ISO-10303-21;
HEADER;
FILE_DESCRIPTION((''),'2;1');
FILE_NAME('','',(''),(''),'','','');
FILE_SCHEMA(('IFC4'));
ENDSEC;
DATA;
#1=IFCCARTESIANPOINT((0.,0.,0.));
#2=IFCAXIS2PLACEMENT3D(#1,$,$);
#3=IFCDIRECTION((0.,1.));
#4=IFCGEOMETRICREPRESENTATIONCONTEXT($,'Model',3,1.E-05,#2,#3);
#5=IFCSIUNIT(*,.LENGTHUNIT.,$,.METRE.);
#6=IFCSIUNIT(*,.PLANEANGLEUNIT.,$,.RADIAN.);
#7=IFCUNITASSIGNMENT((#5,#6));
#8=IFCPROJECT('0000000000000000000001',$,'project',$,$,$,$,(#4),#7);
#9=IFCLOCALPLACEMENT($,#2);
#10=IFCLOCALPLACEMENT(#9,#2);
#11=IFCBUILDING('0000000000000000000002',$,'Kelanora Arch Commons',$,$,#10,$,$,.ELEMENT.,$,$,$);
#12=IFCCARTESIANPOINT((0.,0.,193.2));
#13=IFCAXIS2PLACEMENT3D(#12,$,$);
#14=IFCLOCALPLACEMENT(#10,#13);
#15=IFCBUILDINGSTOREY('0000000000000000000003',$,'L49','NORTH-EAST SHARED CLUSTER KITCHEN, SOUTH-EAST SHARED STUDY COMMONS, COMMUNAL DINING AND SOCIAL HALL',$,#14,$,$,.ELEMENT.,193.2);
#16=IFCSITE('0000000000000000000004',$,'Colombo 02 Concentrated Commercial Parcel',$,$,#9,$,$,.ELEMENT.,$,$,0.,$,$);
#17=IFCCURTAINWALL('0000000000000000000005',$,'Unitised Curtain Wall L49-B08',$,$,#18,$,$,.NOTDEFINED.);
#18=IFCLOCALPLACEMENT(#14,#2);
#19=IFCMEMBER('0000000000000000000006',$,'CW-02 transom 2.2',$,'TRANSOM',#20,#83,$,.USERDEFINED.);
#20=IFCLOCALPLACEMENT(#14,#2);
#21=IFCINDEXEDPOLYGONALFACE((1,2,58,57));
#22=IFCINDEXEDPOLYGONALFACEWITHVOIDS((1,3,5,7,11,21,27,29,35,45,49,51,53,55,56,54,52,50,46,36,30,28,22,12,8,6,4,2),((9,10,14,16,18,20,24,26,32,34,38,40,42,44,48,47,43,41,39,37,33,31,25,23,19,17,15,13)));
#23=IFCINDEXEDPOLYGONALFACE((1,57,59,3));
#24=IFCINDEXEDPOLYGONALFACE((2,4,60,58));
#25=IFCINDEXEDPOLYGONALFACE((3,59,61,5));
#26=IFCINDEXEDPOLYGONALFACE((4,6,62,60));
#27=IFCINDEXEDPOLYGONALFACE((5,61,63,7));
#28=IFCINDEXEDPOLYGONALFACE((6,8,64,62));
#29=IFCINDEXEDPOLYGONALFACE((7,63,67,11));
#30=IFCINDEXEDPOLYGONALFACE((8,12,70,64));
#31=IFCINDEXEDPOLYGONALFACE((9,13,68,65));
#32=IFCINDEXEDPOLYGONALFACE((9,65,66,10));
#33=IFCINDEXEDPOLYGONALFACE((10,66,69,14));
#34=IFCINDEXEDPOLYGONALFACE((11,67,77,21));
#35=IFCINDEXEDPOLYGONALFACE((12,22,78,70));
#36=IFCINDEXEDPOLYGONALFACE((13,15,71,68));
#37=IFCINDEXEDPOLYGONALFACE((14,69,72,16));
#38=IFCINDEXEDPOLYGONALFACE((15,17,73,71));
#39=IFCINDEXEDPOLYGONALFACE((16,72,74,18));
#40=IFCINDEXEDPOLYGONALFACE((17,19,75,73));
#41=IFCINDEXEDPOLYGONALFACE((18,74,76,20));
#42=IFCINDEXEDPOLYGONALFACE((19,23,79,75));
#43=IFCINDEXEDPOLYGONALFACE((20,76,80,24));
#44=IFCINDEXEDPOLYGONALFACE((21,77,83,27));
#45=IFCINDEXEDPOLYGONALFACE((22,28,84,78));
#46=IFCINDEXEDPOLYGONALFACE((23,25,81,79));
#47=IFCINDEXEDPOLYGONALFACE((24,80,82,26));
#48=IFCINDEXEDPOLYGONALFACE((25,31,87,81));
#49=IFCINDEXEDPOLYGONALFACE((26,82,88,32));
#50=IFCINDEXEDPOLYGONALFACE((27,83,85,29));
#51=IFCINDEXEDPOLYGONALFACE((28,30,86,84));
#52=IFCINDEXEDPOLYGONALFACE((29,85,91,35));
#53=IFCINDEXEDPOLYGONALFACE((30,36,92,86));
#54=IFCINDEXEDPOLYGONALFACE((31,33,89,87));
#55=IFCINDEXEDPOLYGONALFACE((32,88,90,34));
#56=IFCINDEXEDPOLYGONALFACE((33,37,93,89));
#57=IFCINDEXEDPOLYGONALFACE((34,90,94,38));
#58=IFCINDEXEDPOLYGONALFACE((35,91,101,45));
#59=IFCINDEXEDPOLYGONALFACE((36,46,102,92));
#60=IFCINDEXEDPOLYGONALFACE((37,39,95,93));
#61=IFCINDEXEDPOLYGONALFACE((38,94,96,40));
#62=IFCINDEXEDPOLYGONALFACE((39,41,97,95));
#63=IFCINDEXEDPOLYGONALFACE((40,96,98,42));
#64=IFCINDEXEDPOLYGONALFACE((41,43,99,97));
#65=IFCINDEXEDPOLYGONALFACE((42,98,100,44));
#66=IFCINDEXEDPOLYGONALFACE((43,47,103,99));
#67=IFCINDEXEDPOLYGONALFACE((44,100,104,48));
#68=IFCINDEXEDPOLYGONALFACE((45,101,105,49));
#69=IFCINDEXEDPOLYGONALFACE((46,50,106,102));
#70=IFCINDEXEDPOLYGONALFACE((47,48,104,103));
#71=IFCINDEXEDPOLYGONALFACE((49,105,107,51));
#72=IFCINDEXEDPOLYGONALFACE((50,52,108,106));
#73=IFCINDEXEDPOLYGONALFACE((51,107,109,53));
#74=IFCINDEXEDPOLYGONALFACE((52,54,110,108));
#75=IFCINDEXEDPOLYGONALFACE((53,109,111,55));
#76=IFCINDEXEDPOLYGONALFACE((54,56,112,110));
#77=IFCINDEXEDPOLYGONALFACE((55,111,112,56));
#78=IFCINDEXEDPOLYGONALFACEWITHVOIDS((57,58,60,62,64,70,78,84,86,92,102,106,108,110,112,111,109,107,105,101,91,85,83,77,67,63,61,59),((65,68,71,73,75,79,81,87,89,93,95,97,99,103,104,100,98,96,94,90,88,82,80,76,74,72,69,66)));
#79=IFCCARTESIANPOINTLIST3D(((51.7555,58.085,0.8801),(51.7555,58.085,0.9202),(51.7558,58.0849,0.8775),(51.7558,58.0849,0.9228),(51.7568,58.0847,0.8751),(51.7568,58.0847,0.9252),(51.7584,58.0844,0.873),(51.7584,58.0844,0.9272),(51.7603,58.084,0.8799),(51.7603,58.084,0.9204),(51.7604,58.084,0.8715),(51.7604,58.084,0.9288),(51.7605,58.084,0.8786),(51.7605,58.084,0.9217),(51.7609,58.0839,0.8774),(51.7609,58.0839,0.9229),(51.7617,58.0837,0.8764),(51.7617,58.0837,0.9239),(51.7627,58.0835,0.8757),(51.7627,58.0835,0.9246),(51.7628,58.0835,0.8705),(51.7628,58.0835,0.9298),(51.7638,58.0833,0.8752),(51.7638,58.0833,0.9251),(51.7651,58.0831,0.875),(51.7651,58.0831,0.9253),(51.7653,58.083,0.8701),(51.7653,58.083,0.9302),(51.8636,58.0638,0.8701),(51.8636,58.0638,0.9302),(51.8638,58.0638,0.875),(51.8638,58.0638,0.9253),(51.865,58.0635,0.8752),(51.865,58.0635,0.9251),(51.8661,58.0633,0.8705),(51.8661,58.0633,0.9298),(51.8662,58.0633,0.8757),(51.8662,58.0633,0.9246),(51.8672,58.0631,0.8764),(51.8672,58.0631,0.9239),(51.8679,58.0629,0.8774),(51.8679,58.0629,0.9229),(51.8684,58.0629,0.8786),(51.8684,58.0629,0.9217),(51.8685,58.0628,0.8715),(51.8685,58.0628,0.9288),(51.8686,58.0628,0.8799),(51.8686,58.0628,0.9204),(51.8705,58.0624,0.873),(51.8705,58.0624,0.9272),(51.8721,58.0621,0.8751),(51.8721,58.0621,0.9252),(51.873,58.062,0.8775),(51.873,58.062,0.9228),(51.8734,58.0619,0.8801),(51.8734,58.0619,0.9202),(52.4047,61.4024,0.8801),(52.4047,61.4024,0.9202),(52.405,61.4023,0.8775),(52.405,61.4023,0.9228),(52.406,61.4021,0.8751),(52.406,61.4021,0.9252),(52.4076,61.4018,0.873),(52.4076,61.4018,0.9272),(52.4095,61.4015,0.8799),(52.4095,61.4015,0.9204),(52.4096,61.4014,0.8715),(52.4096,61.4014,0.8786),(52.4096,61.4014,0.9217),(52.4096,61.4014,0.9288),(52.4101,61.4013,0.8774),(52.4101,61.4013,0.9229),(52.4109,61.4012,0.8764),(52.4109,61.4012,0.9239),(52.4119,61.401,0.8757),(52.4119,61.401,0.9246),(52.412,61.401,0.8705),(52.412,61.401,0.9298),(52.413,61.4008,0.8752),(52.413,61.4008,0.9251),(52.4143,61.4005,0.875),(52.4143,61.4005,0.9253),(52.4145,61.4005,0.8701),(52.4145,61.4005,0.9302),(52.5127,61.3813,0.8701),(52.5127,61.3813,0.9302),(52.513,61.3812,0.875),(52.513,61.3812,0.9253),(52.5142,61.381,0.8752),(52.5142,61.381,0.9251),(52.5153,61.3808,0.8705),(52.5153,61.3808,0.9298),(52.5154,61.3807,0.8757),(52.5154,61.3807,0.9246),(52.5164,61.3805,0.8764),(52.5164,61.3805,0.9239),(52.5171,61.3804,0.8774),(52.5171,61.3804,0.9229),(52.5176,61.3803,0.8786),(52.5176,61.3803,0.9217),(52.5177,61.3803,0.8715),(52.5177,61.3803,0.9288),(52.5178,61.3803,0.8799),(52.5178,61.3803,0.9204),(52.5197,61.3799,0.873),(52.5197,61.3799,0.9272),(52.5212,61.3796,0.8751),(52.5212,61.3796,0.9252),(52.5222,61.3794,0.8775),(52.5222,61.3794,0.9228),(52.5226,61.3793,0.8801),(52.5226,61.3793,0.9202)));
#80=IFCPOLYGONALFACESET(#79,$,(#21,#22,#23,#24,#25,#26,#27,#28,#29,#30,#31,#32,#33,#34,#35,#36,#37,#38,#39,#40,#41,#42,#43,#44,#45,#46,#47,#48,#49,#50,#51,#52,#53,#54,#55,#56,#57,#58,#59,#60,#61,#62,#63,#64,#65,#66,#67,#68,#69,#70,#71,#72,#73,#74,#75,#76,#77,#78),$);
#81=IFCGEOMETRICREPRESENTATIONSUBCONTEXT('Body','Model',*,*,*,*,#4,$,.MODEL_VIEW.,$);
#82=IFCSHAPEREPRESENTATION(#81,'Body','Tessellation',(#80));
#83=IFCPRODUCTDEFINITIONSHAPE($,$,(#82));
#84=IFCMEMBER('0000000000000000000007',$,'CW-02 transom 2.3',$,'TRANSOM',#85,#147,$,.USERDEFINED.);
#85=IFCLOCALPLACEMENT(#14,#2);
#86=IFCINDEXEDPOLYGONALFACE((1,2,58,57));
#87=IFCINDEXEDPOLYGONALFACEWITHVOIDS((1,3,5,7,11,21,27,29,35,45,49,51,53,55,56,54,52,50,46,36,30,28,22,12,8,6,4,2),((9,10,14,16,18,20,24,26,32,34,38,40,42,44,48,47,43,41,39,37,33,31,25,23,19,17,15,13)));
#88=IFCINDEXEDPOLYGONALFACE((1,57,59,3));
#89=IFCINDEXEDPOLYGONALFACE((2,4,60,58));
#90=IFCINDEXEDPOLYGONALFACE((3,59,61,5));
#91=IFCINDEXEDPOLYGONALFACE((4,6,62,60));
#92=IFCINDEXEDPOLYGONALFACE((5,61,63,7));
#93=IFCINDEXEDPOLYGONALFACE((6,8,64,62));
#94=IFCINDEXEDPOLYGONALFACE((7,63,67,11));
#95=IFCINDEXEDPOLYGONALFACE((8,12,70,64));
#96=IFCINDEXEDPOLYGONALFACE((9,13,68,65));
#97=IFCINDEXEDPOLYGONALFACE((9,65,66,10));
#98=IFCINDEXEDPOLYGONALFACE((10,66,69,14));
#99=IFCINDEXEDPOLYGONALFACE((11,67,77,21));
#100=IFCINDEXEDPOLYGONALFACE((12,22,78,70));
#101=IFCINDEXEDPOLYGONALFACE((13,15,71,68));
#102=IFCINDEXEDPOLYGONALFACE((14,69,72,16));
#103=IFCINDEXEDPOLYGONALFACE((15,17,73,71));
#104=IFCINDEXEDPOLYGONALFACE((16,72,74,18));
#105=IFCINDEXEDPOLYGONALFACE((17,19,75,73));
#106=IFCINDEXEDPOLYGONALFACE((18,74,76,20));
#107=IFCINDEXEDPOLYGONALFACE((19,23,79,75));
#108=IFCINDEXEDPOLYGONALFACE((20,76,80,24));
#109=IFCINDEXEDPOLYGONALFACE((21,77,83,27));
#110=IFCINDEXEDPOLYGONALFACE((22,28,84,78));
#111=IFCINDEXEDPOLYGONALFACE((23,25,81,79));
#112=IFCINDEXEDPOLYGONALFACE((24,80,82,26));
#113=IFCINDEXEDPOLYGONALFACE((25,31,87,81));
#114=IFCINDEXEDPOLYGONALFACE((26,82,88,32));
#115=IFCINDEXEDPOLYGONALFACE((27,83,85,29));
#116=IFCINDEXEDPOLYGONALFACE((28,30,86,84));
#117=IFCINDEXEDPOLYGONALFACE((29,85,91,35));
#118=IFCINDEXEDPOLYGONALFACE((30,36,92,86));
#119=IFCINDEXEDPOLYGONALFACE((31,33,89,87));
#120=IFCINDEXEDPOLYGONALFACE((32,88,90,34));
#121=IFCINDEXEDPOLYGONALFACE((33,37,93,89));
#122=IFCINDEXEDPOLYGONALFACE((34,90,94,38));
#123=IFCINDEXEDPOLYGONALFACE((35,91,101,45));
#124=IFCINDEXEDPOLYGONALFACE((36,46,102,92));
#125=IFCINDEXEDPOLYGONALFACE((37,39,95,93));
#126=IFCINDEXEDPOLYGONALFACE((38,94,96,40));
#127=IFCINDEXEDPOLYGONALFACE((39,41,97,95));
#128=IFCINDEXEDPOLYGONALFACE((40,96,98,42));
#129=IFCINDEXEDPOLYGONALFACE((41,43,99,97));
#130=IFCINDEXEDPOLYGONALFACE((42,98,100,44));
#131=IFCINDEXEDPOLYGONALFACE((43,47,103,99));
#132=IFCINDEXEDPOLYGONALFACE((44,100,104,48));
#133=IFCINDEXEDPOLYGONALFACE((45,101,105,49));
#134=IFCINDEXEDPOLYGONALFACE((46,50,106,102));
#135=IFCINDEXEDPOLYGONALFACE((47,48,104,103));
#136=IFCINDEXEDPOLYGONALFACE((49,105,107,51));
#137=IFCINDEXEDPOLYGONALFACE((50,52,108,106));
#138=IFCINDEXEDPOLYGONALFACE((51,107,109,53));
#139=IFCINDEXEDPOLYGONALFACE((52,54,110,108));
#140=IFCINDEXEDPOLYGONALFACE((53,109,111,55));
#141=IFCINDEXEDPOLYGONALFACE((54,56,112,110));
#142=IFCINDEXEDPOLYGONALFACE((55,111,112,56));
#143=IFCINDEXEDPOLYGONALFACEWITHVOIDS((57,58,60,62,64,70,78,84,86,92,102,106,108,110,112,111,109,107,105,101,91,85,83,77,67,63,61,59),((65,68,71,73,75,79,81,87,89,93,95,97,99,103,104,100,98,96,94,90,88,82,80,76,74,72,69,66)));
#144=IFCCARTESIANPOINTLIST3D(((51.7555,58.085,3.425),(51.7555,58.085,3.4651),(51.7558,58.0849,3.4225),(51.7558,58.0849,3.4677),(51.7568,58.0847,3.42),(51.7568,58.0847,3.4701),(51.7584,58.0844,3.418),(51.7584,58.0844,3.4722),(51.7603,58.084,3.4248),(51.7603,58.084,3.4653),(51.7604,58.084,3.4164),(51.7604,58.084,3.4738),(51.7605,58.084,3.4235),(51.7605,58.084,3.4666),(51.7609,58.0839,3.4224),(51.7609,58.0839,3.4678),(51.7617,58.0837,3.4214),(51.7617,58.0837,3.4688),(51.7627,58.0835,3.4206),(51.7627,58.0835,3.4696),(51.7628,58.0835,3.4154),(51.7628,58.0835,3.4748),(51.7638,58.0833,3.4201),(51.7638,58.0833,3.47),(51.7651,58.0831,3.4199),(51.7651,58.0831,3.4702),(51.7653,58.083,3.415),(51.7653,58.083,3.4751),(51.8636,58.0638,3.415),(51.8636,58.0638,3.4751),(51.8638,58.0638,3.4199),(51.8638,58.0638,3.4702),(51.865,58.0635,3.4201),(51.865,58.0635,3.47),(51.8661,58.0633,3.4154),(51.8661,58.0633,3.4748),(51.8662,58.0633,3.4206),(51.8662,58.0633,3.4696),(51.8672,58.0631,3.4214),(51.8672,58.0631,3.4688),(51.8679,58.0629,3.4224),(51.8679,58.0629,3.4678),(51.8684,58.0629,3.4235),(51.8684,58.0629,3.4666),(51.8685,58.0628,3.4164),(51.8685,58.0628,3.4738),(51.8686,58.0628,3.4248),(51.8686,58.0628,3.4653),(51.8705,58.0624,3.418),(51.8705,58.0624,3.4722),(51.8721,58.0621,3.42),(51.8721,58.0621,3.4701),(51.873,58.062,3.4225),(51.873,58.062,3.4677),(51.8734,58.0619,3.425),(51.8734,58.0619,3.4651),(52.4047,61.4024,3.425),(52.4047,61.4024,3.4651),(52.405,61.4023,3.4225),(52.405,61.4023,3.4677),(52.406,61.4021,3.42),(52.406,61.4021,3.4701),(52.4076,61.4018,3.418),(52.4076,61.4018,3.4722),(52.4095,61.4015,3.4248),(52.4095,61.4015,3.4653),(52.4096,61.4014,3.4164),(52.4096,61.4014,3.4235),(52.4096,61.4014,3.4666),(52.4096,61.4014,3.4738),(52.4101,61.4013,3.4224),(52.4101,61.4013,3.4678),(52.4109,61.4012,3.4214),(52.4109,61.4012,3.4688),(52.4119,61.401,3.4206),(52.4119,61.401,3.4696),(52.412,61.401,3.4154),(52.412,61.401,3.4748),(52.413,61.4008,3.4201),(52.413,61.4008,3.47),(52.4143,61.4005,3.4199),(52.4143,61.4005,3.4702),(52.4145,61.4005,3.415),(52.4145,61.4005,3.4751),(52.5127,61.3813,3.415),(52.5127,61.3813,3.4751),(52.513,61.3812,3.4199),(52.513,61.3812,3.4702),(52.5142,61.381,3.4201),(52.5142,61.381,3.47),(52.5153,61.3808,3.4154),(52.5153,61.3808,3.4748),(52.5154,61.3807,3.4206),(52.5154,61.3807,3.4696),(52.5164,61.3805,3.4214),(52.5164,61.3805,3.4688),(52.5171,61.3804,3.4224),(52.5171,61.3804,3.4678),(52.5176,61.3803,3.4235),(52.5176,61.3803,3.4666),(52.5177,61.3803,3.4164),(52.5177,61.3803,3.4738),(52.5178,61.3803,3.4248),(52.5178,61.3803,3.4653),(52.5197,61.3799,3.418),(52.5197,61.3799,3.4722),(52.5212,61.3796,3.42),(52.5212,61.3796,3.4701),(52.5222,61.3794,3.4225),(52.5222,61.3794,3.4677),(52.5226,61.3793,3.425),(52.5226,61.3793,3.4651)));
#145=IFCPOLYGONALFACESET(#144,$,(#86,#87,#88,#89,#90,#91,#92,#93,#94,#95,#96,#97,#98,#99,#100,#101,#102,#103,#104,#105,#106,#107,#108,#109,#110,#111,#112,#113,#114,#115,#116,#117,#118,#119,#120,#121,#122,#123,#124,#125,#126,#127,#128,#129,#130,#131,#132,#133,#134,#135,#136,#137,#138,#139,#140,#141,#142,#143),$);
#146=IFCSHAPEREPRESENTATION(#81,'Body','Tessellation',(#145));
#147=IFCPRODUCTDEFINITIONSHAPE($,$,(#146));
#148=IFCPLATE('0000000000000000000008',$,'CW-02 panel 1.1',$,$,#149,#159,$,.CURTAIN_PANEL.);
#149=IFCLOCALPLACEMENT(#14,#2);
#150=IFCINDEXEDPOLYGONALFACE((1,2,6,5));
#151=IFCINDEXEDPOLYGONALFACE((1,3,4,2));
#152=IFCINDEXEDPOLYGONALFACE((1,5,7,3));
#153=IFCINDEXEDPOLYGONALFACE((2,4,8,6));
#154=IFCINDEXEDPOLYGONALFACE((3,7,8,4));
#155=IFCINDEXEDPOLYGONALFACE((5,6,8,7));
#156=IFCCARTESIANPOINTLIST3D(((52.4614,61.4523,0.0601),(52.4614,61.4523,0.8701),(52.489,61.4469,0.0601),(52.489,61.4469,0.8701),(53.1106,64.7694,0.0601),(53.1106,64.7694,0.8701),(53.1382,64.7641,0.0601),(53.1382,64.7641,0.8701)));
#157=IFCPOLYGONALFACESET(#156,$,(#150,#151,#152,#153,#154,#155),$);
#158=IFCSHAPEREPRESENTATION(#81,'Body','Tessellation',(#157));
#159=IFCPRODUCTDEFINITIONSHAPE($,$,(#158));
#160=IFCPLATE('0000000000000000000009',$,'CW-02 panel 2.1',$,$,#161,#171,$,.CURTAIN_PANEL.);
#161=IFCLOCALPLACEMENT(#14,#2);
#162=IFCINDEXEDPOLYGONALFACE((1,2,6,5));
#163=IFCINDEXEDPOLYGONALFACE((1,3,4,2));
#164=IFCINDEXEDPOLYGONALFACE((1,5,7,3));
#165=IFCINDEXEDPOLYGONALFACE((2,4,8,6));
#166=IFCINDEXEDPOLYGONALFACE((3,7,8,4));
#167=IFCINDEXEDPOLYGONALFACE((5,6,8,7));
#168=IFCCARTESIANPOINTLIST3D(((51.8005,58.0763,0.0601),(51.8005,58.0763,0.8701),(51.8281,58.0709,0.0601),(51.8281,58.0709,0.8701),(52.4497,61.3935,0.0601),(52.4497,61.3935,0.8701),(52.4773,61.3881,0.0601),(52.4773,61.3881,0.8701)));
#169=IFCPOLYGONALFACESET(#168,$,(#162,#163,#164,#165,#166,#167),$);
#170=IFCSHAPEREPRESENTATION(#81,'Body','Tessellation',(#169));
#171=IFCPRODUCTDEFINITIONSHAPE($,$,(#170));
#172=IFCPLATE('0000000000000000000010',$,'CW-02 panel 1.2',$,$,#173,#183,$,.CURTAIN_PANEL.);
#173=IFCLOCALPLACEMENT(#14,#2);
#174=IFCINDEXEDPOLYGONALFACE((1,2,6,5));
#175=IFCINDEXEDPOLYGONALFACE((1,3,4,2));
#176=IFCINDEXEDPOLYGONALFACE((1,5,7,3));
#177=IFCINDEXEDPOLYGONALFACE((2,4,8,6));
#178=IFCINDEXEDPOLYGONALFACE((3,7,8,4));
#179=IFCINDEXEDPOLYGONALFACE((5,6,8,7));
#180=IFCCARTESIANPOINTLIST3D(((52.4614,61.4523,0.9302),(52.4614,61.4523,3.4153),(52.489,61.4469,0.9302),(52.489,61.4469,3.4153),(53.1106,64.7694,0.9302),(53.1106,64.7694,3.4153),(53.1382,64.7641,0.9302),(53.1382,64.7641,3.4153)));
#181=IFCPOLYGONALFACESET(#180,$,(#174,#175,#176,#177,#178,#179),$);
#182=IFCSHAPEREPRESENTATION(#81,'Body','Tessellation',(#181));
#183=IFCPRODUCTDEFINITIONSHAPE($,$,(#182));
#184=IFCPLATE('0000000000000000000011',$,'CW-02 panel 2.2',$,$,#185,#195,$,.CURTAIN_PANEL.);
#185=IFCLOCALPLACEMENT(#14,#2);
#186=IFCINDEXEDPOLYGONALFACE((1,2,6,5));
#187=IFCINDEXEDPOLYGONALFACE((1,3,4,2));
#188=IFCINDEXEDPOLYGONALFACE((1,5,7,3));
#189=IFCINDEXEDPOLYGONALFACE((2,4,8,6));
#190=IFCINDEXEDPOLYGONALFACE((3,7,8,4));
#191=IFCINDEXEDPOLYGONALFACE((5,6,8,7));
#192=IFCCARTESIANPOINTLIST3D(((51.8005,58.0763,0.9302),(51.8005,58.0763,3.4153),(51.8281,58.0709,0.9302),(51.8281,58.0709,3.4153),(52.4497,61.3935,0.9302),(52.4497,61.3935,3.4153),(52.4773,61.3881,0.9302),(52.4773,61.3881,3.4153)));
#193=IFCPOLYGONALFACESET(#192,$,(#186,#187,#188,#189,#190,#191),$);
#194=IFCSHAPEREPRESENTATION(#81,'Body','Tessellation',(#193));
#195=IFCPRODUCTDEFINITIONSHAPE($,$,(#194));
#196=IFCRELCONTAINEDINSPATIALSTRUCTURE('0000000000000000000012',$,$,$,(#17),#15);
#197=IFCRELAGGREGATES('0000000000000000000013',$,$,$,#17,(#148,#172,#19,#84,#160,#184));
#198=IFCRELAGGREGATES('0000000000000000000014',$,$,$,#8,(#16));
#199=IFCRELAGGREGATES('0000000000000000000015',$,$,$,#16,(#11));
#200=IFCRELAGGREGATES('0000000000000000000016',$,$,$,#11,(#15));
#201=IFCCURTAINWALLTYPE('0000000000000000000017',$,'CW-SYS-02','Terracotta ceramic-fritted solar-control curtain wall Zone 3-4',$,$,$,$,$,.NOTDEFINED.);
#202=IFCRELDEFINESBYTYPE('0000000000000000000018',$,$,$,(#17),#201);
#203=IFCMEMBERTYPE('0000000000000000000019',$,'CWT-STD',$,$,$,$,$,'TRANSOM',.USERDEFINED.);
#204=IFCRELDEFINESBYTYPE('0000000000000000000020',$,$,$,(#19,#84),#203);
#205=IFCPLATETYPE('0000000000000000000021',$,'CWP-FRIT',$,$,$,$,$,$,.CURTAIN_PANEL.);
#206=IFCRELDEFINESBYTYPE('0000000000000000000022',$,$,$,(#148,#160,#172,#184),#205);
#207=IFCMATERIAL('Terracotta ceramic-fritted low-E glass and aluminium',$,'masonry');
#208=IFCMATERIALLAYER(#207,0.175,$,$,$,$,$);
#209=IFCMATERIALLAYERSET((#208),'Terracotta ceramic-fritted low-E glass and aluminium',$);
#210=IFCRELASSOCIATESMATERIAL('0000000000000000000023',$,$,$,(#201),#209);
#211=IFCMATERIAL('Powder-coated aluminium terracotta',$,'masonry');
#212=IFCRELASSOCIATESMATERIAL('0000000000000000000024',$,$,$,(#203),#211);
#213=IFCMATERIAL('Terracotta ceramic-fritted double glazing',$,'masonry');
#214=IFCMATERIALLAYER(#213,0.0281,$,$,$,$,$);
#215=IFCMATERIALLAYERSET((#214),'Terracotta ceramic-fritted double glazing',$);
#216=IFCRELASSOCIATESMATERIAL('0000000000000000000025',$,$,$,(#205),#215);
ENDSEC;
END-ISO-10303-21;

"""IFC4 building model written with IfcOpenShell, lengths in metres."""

from ifc_helpers import new_model, si_unit, direction, frame, origin, origin_2d, place, context, subcontext, project, spatial, rectangle, hollow_rectangle, extrude, source, transform, mapped, material, layer, layer_set, material_profile, profile_set, type_object, element, aggregate, save


model = new_model("IFC4")

# Units and contexts
model_context = context("Model", 3, precision=1e-05, world=origin(), true_north=direction((0.0, 1.0)))
body_context = subcontext(model_context, "Body", "Model", "MODEL_VIEW")
ifc_project = project(units=[si_unit("LENGTHUNIT", "METRE"), si_unit("PLANEANGLEUNIT", "RADIAN")], contexts=[model_context])

# Site, building, storey
site_placement = place(None, origin())
site = spatial("IfcSite", under=ifc_project, at=site_placement, Name="Colombo 02 Concentrated Commercial Parcel", CompositionType="ELEMENT", RefElevation=0.0)
building_placement = place(site_placement, origin())
building = spatial("IfcBuilding", under=site, at=building_placement, Name="Kelanora Arch Commons", CompositionType="ELEMENT")
storey_placement = place(building_placement, frame((0.0, 0.0, 193.2)))
storey = spatial("IfcBuildingStorey", under=building, at=storey_placement, Name="L49", Description="NORTH-EAST SHARED CLUSTER KITCHEN, SOUTH-EAST SHARED STUDY COMMONS, COMMUNAL DINING AND SOCIAL HALL", CompositionType="ELEMENT", Elevation=193.2)

# Curtain wall, members, plates
ifc_material_1 = material(Name="Terracotta ceramic-fritted low-E glass and aluminium", Category="masonry")
ifc_layer_1 = layer(ifc_material_1, 0.175)
ifc_layer_set_1 = layer_set([ifc_layer_1], Name="Terracotta ceramic-fritted low-E glass and aluminium")
curtain_wall_type = type_object("IfcCurtainWallType", Name="CW-SYS-02", Description="Terracotta ceramic-fritted solar-control curtain wall Zone 3-4", PredefinedType="NOTDEFINED", material=ifc_layer_set_1)
curtain_wall_placement = place(storey_placement, origin())
curtain_wall = element("IfcCurtainWall", 1, at=curtain_wall_placement, inside=storey, type_object=curtain_wall_type, Name="Unitised Curtain Wall L49-B08", PredefinedType="NOTDEFINED")
ifc_material_2 = material(Name="Powder-coated aluminium terracotta", Category="masonry")
ifc_material_profile_1 = material_profile(ifc_material_2, hollow_rectangle(XDim=0.1201, YDim=0.0601, WallThickness=0.0049, InnerFilletRadius=0.0049, OuterFilletRadius=0.01, at=origin_2d()), Name="CWT120x60")
ifc_profile_set_1 = profile_set([ifc_material_profile_1], Name="Powder-coated aluminium terracotta")
member_type_1 = type_object("IfcMemberType", Name="CWT-STD", ElementType="TRANSOM", PredefinedType="USERDEFINED", material=ifc_profile_set_1)
member_1_placement = place(storey_placement, frame((52.4636, 61.3909, 0.9001), z_axis=(-0.192045, -0.981386, 0.0), x_axis=(0.981386, -0.192045, 0.0)))
member_1 = element("IfcMember", 2, at=member_1_placement, type_object=member_type_1, Name="CW-02 transom 2.2", ObjectType="TRANSOM", PredefinedType="USERDEFINED", context=body_context, shape_type="SweptSolid", body=[
    extrude(hollow_rectangle(XDim=0.1201, YDim=0.0601, WallThickness=0.0049, InnerFilletRadius=0.0049, OuterFilletRadius=0.01, at=origin_2d()), origin(), (0.0, 0.0, 1.0), 3.3804),
])
member_2_placement = place(storey_placement, frame((52.4636, 61.3909, 3.4451), z_axis=(-0.192045, -0.981386, 0.0), x_axis=(0.981386, -0.192045, 0.0)))
member_2 = element("IfcMember", 3, at=member_2_placement, type_object=member_type_1, Name="CW-02 transom 2.3", ObjectType="TRANSOM", PredefinedType="USERDEFINED", context=body_context, shape_type="SweptSolid", body=[
    extrude(hollow_rectangle(XDim=0.1201, YDim=0.0601, WallThickness=0.0049, InnerFilletRadius=0.0049, OuterFilletRadius=0.01, at=origin_2d()), origin(), (0.0, 0.0, 1.0), 3.3804),
])
ifc_material_3 = material(Name="Terracotta ceramic-fritted double glazing", Category="masonry")
ifc_layer_2 = layer(ifc_material_3, 0.0281)
ifc_layer_set_2 = layer_set([ifc_layer_2], Name="Terracotta ceramic-fritted double glazing")
plate_type = type_object("IfcPlateType", Name="CWP-FRIT", PredefinedType="CURTAIN_PANEL", material=ifc_layer_set_2)
shared_shape_1 = source(origin(), body_context, "Body", "SweptSolid", [
    extrude(rectangle(XDim=3.3801, YDim=0.0281, at=origin_2d()), origin(), (0.0, 0.0, 1.0), 0.8101),
])
plate_1_placement = place(storey_placement, frame((52.7998, 63.1082, 0.0601), z_axis=(0.0, 0.0, 1.0), x_axis=(-0.192069, -0.981381, 0.0)))
plate_1 = element("IfcPlate", 4, at=plate_1_placement, type_object=plate_type, Name="CW-02 panel 1.1", PredefinedType="CURTAIN_PANEL", context=body_context, shape_type="MappedRepresentation", body=[
    mapped(shared_shape_1, transform((0.0, 0.0, 0.0), scale=1.0)),
])
plate_2_placement = place(storey_placement, frame((52.1389, 59.7322, 0.0601), z_axis=(0.0, 0.0, 1.0), x_axis=(-0.192069, -0.981381, 0.0)))
plate_2 = element("IfcPlate", 5, at=plate_2_placement, type_object=plate_type, Name="CW-02 panel 2.1", PredefinedType="CURTAIN_PANEL", context=body_context, shape_type="MappedRepresentation", body=[
    mapped(shared_shape_1, transform((0.0, 0.0, 0.0), scale=1.0)),
])
shared_shape_2 = source(origin(), body_context, "Body", "SweptSolid", [
    extrude(rectangle(XDim=3.3801, YDim=0.0281, at=origin_2d()), origin(), (0.0, 0.0, 1.0), 2.4851),
])
plate_3_placement = place(storey_placement, frame((52.7998, 63.1082, 0.9302), z_axis=(0.0, 0.0, 1.0), x_axis=(-0.192069, -0.981381, 0.0)))
plate_3 = element("IfcPlate", 6, at=plate_3_placement, type_object=plate_type, Name="CW-02 panel 1.2", PredefinedType="CURTAIN_PANEL", context=body_context, shape_type="MappedRepresentation", body=[
    mapped(shared_shape_2, transform((0.0, 0.0, 0.0), scale=1.0)),
])
plate_4_placement = place(storey_placement, frame((52.1389, 59.7322, 0.9302), z_axis=(0.0, 0.0, 1.0), x_axis=(-0.192069, -0.981381, 0.0)))
plate_4 = element("IfcPlate", 7, at=plate_4_placement, type_object=plate_type, Name="CW-02 panel 2.2", PredefinedType="CURTAIN_PANEL", context=body_context, shape_type="MappedRepresentation", body=[
    mapped(shared_shape_2, transform((0.0, 0.0, 0.0), scale=1.0)),
])
aggregate(curtain_wall, [plate_1, plate_3, member_1, member_2, plate_2, plate_4])

save(model, "model.ifc")
